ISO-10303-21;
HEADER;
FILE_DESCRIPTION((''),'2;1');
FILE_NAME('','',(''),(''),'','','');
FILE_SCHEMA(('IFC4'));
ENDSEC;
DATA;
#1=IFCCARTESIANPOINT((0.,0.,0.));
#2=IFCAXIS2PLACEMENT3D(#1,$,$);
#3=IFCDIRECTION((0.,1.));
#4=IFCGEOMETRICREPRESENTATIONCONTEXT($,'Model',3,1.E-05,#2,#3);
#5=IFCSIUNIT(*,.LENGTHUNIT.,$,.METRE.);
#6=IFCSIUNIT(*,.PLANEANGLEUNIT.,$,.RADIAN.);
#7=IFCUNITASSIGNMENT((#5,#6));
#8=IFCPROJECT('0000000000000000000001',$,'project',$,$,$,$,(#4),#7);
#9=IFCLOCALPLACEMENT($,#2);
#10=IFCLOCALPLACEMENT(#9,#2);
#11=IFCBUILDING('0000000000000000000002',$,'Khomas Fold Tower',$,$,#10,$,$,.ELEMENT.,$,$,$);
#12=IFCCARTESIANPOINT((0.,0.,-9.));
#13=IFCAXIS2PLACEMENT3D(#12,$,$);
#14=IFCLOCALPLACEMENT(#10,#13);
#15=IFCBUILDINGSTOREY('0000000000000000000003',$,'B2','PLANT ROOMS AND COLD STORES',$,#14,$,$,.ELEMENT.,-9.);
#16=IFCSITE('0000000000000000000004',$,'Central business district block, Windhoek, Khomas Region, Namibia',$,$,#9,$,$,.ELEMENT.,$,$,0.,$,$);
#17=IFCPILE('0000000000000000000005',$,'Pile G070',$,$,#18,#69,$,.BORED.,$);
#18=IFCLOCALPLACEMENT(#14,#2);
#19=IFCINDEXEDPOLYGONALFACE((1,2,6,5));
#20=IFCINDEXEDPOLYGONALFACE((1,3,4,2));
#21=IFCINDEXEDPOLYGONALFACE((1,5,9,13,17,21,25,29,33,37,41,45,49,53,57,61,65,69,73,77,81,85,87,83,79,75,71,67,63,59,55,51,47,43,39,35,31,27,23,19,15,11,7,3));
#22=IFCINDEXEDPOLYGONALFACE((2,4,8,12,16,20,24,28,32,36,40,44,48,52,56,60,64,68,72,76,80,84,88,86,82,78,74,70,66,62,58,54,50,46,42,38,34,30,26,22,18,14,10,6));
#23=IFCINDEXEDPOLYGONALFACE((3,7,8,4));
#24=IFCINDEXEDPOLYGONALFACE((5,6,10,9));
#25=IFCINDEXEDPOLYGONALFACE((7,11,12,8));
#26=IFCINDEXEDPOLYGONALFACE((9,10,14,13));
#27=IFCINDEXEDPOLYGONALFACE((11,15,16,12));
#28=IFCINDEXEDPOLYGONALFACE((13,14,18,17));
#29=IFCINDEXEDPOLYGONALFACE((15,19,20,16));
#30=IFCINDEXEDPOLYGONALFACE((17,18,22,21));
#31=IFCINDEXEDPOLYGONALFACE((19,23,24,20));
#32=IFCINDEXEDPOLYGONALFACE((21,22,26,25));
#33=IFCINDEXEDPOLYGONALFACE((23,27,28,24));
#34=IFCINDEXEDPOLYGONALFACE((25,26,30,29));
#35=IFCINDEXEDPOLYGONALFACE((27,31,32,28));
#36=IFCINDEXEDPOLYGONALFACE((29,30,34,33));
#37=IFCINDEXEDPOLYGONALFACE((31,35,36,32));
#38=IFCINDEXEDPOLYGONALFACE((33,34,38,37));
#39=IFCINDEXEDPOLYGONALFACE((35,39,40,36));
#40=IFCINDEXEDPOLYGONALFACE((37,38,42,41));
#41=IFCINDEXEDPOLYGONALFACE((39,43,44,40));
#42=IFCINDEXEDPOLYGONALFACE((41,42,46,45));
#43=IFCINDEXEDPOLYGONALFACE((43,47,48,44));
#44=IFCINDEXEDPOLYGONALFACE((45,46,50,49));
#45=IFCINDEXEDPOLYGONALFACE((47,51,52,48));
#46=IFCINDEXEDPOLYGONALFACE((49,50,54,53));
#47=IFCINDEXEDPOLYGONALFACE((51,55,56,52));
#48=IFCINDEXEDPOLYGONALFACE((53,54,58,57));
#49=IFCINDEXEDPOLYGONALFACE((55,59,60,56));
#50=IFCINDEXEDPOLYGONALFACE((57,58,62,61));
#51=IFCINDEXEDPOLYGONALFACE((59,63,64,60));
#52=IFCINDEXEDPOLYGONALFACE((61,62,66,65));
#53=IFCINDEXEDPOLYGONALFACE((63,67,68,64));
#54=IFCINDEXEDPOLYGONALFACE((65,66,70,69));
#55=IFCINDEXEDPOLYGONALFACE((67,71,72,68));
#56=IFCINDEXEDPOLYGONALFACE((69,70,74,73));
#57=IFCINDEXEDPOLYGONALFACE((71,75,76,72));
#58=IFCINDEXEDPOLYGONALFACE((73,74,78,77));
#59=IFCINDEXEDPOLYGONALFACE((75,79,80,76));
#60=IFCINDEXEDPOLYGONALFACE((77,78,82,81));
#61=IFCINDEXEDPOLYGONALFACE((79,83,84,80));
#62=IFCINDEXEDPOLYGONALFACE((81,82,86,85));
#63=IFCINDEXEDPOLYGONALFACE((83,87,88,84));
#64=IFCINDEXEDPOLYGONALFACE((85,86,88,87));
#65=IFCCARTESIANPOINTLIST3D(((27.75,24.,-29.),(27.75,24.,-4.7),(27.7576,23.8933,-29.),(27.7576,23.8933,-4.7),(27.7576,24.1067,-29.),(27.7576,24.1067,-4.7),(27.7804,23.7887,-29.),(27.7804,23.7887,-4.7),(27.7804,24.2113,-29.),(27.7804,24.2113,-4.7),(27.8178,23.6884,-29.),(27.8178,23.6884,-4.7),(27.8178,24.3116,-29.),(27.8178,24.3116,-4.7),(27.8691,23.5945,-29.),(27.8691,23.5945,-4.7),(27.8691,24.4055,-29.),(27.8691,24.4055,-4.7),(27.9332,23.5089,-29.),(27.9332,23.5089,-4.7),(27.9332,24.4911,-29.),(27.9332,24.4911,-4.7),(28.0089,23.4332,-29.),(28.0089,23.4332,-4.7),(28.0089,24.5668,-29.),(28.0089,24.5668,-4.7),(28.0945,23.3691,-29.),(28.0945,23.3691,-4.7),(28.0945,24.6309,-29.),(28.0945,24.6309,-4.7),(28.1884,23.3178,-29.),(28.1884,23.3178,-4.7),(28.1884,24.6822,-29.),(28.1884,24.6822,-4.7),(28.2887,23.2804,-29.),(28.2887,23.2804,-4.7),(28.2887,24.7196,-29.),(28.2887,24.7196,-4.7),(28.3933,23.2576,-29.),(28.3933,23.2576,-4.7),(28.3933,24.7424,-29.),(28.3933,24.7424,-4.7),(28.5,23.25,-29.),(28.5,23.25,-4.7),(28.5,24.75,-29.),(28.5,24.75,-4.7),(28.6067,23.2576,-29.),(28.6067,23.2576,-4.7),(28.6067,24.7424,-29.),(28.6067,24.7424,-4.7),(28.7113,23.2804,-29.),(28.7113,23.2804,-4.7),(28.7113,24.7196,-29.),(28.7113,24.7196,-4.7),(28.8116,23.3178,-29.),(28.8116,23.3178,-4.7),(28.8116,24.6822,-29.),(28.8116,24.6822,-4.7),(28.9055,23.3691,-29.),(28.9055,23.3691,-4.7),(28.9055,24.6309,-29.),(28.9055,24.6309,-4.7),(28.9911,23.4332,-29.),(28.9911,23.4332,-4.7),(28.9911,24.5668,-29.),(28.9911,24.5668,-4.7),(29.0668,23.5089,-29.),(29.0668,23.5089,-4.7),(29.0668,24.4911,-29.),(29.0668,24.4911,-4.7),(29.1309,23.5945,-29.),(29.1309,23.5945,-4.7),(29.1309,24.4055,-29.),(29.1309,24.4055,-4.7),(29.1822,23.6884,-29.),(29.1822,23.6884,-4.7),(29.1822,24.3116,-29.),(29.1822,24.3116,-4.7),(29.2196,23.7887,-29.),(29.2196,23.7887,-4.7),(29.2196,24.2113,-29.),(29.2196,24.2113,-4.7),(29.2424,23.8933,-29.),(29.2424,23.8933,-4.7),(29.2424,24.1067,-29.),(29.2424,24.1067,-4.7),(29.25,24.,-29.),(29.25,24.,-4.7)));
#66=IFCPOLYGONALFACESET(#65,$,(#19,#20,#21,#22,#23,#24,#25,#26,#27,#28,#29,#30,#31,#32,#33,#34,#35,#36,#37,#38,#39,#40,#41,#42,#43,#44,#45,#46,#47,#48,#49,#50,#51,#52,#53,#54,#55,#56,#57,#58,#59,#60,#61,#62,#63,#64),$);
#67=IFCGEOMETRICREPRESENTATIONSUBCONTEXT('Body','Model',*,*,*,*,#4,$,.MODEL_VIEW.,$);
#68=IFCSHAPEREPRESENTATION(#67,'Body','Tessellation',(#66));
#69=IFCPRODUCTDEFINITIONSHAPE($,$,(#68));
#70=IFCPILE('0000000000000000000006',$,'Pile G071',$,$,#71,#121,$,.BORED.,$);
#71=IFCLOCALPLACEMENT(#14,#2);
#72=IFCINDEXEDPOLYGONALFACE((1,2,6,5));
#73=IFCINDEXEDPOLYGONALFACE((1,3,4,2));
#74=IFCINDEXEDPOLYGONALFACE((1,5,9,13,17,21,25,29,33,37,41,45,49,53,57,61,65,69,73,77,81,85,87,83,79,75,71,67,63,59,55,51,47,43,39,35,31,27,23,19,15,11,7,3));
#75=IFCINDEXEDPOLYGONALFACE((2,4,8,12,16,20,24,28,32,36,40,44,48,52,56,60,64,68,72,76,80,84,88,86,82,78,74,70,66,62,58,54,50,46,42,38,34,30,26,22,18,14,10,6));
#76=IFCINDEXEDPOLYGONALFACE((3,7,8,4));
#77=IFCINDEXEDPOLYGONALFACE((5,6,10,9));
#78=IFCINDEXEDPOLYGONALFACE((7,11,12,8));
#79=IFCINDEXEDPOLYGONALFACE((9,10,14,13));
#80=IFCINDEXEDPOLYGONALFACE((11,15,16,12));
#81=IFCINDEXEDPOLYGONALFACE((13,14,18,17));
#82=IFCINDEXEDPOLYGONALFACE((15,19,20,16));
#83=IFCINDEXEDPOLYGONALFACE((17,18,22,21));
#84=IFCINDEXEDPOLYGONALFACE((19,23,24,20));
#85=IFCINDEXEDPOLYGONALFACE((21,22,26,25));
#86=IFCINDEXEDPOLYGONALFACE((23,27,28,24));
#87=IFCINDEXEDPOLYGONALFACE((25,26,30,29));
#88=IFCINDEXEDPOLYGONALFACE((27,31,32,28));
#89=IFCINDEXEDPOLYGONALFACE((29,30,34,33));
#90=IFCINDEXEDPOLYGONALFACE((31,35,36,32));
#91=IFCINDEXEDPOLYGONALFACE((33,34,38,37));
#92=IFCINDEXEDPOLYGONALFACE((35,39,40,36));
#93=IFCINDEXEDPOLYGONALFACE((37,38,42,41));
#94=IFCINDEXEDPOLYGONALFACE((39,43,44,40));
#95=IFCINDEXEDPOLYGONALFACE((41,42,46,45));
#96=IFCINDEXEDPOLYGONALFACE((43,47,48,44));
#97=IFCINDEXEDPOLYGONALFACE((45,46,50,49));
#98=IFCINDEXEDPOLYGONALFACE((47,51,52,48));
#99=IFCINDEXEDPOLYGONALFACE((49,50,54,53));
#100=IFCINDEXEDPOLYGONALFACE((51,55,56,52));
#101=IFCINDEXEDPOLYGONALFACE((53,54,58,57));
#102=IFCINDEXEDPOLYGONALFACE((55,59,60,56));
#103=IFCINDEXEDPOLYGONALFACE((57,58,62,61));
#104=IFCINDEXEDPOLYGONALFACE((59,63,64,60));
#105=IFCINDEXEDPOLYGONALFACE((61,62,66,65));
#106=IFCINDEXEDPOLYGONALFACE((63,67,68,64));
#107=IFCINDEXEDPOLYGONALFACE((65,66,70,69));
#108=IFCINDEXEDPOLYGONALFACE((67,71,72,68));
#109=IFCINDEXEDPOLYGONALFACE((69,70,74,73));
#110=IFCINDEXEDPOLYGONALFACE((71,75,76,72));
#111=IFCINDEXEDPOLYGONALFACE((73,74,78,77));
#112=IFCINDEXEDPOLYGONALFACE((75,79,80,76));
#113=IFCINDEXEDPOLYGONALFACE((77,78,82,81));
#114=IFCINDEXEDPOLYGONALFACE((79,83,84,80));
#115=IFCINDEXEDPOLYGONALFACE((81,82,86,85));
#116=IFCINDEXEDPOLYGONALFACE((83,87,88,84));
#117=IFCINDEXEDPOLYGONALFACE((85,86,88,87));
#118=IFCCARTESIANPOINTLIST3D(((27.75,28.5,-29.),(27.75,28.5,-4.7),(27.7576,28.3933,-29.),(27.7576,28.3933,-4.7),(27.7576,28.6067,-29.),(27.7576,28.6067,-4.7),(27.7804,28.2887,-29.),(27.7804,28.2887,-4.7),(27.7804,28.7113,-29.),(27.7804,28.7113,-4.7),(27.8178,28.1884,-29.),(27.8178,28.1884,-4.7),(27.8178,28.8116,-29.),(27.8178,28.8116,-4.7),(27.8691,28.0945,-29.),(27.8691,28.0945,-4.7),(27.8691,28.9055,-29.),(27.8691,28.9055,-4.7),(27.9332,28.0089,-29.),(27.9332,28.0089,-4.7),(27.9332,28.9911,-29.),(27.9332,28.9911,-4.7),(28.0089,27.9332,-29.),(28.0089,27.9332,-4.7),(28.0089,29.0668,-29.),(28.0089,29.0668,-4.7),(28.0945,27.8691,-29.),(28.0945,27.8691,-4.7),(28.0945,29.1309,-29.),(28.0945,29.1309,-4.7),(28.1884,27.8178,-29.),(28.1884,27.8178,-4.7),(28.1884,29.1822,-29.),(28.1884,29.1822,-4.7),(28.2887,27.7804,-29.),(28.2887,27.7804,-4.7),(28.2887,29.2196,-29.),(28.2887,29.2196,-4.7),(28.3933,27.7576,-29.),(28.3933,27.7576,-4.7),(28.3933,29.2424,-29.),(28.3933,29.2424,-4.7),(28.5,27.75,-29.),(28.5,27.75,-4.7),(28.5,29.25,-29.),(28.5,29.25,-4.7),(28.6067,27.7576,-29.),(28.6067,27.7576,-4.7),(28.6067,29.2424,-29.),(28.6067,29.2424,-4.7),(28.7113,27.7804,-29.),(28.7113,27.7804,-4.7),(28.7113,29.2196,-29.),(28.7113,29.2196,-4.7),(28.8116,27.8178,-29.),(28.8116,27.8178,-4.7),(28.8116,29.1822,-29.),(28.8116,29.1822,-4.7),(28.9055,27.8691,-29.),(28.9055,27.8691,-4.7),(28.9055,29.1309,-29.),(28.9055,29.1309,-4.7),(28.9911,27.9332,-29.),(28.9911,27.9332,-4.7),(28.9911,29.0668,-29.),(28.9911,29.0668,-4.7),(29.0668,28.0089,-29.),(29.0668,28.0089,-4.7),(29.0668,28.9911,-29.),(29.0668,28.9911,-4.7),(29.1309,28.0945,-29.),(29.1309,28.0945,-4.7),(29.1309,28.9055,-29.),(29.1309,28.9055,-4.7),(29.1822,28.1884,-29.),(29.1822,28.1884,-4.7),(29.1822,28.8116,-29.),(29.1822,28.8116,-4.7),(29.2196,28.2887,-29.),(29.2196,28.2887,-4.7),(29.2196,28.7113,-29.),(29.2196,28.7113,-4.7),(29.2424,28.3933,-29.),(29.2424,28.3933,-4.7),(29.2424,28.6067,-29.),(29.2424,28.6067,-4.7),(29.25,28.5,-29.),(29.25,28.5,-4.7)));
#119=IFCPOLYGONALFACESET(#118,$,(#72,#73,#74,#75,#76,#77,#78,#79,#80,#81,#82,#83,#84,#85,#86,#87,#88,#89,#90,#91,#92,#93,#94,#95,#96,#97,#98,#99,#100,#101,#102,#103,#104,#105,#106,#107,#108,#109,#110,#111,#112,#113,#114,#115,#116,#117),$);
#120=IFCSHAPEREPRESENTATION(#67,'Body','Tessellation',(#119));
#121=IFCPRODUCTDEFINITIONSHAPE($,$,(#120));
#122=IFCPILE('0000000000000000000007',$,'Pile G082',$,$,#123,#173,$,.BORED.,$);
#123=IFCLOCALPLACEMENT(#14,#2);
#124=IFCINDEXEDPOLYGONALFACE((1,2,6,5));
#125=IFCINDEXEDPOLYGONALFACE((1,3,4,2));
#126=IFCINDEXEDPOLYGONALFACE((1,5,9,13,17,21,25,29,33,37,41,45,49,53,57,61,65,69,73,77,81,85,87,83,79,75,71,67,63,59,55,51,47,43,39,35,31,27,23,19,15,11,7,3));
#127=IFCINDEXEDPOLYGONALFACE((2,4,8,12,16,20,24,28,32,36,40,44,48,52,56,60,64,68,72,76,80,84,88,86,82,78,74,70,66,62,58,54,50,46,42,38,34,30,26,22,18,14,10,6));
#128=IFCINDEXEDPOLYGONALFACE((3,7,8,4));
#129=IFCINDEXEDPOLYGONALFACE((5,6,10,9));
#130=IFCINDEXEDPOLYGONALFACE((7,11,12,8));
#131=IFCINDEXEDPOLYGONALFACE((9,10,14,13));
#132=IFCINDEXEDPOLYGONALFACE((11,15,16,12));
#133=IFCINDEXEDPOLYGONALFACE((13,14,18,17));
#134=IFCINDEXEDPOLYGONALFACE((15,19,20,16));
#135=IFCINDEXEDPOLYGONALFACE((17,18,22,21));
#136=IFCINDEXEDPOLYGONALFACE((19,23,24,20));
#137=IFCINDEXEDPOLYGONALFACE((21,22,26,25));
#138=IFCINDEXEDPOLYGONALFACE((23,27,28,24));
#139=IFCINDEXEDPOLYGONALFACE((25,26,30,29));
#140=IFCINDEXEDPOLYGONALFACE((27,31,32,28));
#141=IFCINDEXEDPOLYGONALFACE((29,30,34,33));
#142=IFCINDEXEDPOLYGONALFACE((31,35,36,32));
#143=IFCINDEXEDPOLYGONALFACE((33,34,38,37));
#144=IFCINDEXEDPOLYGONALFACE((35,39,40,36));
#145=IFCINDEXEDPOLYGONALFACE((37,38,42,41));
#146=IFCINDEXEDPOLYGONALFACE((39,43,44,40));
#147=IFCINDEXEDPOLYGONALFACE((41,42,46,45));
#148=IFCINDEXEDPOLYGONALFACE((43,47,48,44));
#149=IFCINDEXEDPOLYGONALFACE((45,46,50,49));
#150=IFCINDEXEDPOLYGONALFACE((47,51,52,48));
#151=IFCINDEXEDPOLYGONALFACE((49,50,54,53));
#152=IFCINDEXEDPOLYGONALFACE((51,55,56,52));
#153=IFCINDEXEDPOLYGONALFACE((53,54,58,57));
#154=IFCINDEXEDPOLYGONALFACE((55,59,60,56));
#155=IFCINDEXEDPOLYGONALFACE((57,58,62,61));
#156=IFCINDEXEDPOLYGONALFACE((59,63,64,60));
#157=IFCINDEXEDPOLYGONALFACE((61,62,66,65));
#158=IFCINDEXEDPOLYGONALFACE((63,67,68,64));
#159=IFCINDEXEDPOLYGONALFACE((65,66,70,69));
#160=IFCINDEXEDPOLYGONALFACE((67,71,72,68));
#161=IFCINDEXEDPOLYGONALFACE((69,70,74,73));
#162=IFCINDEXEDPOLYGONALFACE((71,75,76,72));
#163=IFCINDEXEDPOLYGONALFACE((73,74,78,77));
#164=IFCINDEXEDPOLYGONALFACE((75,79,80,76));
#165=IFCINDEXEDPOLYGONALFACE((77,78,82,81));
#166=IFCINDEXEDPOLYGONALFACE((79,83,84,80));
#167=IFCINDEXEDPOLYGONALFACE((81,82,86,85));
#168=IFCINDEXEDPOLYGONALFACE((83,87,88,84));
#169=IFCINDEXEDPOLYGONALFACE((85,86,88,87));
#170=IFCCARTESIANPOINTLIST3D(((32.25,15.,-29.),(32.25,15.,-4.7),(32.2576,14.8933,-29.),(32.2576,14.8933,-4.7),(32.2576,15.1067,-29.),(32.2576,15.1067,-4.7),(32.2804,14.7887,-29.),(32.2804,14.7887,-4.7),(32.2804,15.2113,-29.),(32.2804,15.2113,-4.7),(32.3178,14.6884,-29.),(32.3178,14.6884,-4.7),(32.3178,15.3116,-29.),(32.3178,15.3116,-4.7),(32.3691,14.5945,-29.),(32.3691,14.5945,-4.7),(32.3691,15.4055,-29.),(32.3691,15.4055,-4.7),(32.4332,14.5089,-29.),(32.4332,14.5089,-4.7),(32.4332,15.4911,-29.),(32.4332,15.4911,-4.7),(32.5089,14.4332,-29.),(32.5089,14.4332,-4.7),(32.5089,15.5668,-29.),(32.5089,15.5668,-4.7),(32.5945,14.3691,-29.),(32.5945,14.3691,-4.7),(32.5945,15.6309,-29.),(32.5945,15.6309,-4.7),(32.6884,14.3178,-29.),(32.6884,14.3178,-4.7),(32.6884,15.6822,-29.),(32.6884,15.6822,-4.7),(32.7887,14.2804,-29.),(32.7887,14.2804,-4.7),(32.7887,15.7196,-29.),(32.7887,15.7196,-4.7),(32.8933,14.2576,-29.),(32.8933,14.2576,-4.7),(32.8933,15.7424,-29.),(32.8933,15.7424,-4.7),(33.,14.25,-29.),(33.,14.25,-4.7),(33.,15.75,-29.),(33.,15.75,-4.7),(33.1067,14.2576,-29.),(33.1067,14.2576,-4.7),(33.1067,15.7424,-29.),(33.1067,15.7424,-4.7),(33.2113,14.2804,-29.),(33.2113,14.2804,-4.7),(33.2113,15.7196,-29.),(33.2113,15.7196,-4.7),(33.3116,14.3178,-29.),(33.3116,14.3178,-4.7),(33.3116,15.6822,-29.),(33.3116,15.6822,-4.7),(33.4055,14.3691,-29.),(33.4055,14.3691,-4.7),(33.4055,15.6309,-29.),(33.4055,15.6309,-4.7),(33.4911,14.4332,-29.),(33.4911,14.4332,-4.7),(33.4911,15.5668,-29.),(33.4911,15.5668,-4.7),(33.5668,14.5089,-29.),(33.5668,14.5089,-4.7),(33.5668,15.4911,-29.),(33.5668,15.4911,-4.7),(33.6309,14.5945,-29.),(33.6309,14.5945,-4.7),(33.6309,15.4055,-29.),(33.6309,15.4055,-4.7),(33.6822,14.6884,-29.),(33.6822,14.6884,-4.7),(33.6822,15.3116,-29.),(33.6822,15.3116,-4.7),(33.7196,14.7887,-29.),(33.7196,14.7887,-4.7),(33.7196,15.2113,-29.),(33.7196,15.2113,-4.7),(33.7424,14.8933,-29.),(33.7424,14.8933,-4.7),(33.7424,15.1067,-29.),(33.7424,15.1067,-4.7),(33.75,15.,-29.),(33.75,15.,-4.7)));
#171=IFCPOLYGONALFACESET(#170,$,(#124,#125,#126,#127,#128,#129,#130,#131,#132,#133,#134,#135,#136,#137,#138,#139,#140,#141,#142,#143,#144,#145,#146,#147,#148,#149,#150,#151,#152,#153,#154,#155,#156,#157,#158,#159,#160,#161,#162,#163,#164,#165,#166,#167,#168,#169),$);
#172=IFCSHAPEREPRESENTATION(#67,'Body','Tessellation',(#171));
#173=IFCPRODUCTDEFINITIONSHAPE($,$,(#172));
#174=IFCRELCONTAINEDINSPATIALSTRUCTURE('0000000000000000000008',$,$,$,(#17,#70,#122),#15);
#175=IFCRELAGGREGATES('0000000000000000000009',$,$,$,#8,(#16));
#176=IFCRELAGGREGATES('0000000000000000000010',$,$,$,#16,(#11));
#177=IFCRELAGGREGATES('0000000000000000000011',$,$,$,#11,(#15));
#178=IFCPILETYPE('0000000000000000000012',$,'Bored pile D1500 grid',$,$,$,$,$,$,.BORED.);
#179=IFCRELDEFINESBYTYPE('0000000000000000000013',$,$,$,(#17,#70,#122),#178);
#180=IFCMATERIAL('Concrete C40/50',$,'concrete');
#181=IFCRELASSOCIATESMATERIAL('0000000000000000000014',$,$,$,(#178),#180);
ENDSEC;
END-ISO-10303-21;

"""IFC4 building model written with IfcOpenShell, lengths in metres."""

from ifc_helpers import new_model, si_unit, direction, frame, origin, origin_2d, place, context, subcontext, project, spatial, circle, extrude, source, transform, mapped, material, material_profile, profile_set, type_object, element, save


model = new_model("IFC4")

# Units and contexts
model_context = context("Model", 3, precision=1e-05, world=origin(), true_north=direction((0.0, 1.0)))
body_context = subcontext(model_context, "Body", "Model", "MODEL_VIEW")
ifc_project = project(units=[si_unit("LENGTHUNIT", "METRE"), si_unit("PLANEANGLEUNIT", "RADIAN")], contexts=[model_context])

# Site, building, storey
site_placement = place(None, origin())
site = spatial("IfcSite", under=ifc_project, at=site_placement, Name="Central business district block, Windhoek, Khomas Region, Namibia", CompositionType="ELEMENT", RefElevation=0.0)
building_placement = place(site_placement, origin())
building = spatial("IfcBuilding", under=site, at=building_placement, Name="Khomas Fold Tower", CompositionType="ELEMENT")
storey_placement = place(building_placement, frame((0.0, 0.0, -9.0)))
storey = spatial("IfcBuildingStorey", under=building, at=storey_placement, Name="B2", Description="PLANT ROOMS AND COLD STORES", CompositionType="ELEMENT", Elevation=-9.0)

# Piles
ifc_material_1 = material(Name="Concrete C40/50", Category="concrete")
ifc_material_profile_1 = material_profile(ifc_material_1, circle(Radius=0.75, at=origin_2d()), Name="PILE D1500")
ifc_profile_set_1 = profile_set([ifc_material_profile_1], Name="Concrete C40/50")
pile_type = type_object("IfcPileType", Name="Bored pile D1500 grid", PredefinedType="BORED", material=ifc_profile_set_1)
shared_shape_1 = source(origin(), body_context, "Body", "SweptSolid", [
    extrude(circle(Radius=0.75, at=origin_2d()), origin(), (0.0, 0.0, 1.0), 24.3),
])
for number, where, z_axis, x_axis, name in (
    (1, (28.5, 24.0, -4.7), (0.0, 0.0, -1.0), (1.0, 0.0, 0.0), "Pile G070"),
    (2, (28.5, 28.5, -4.7), (0.0, 0.0, -1.0), (1.0, 0.0, 0.0), "Pile G071"),
    (3, (33.0, 15.0, -4.7), (0.0, 0.0, -1.0), (1.0, 0.0, 0.0), "Pile G082"),
):
    element("IfcPile", number, at=place(storey_placement, frame(where, z_axis=z_axis, x_axis=x_axis)), inside=storey, type_object=pile_type, Name=name, PredefinedType="BORED", context=body_context, shape_type="MappedRepresentation", body=[
        mapped(shared_shape_1, transform((0.0, 0.0, 0.0))),
    ])

save(model, "model.ifc")
